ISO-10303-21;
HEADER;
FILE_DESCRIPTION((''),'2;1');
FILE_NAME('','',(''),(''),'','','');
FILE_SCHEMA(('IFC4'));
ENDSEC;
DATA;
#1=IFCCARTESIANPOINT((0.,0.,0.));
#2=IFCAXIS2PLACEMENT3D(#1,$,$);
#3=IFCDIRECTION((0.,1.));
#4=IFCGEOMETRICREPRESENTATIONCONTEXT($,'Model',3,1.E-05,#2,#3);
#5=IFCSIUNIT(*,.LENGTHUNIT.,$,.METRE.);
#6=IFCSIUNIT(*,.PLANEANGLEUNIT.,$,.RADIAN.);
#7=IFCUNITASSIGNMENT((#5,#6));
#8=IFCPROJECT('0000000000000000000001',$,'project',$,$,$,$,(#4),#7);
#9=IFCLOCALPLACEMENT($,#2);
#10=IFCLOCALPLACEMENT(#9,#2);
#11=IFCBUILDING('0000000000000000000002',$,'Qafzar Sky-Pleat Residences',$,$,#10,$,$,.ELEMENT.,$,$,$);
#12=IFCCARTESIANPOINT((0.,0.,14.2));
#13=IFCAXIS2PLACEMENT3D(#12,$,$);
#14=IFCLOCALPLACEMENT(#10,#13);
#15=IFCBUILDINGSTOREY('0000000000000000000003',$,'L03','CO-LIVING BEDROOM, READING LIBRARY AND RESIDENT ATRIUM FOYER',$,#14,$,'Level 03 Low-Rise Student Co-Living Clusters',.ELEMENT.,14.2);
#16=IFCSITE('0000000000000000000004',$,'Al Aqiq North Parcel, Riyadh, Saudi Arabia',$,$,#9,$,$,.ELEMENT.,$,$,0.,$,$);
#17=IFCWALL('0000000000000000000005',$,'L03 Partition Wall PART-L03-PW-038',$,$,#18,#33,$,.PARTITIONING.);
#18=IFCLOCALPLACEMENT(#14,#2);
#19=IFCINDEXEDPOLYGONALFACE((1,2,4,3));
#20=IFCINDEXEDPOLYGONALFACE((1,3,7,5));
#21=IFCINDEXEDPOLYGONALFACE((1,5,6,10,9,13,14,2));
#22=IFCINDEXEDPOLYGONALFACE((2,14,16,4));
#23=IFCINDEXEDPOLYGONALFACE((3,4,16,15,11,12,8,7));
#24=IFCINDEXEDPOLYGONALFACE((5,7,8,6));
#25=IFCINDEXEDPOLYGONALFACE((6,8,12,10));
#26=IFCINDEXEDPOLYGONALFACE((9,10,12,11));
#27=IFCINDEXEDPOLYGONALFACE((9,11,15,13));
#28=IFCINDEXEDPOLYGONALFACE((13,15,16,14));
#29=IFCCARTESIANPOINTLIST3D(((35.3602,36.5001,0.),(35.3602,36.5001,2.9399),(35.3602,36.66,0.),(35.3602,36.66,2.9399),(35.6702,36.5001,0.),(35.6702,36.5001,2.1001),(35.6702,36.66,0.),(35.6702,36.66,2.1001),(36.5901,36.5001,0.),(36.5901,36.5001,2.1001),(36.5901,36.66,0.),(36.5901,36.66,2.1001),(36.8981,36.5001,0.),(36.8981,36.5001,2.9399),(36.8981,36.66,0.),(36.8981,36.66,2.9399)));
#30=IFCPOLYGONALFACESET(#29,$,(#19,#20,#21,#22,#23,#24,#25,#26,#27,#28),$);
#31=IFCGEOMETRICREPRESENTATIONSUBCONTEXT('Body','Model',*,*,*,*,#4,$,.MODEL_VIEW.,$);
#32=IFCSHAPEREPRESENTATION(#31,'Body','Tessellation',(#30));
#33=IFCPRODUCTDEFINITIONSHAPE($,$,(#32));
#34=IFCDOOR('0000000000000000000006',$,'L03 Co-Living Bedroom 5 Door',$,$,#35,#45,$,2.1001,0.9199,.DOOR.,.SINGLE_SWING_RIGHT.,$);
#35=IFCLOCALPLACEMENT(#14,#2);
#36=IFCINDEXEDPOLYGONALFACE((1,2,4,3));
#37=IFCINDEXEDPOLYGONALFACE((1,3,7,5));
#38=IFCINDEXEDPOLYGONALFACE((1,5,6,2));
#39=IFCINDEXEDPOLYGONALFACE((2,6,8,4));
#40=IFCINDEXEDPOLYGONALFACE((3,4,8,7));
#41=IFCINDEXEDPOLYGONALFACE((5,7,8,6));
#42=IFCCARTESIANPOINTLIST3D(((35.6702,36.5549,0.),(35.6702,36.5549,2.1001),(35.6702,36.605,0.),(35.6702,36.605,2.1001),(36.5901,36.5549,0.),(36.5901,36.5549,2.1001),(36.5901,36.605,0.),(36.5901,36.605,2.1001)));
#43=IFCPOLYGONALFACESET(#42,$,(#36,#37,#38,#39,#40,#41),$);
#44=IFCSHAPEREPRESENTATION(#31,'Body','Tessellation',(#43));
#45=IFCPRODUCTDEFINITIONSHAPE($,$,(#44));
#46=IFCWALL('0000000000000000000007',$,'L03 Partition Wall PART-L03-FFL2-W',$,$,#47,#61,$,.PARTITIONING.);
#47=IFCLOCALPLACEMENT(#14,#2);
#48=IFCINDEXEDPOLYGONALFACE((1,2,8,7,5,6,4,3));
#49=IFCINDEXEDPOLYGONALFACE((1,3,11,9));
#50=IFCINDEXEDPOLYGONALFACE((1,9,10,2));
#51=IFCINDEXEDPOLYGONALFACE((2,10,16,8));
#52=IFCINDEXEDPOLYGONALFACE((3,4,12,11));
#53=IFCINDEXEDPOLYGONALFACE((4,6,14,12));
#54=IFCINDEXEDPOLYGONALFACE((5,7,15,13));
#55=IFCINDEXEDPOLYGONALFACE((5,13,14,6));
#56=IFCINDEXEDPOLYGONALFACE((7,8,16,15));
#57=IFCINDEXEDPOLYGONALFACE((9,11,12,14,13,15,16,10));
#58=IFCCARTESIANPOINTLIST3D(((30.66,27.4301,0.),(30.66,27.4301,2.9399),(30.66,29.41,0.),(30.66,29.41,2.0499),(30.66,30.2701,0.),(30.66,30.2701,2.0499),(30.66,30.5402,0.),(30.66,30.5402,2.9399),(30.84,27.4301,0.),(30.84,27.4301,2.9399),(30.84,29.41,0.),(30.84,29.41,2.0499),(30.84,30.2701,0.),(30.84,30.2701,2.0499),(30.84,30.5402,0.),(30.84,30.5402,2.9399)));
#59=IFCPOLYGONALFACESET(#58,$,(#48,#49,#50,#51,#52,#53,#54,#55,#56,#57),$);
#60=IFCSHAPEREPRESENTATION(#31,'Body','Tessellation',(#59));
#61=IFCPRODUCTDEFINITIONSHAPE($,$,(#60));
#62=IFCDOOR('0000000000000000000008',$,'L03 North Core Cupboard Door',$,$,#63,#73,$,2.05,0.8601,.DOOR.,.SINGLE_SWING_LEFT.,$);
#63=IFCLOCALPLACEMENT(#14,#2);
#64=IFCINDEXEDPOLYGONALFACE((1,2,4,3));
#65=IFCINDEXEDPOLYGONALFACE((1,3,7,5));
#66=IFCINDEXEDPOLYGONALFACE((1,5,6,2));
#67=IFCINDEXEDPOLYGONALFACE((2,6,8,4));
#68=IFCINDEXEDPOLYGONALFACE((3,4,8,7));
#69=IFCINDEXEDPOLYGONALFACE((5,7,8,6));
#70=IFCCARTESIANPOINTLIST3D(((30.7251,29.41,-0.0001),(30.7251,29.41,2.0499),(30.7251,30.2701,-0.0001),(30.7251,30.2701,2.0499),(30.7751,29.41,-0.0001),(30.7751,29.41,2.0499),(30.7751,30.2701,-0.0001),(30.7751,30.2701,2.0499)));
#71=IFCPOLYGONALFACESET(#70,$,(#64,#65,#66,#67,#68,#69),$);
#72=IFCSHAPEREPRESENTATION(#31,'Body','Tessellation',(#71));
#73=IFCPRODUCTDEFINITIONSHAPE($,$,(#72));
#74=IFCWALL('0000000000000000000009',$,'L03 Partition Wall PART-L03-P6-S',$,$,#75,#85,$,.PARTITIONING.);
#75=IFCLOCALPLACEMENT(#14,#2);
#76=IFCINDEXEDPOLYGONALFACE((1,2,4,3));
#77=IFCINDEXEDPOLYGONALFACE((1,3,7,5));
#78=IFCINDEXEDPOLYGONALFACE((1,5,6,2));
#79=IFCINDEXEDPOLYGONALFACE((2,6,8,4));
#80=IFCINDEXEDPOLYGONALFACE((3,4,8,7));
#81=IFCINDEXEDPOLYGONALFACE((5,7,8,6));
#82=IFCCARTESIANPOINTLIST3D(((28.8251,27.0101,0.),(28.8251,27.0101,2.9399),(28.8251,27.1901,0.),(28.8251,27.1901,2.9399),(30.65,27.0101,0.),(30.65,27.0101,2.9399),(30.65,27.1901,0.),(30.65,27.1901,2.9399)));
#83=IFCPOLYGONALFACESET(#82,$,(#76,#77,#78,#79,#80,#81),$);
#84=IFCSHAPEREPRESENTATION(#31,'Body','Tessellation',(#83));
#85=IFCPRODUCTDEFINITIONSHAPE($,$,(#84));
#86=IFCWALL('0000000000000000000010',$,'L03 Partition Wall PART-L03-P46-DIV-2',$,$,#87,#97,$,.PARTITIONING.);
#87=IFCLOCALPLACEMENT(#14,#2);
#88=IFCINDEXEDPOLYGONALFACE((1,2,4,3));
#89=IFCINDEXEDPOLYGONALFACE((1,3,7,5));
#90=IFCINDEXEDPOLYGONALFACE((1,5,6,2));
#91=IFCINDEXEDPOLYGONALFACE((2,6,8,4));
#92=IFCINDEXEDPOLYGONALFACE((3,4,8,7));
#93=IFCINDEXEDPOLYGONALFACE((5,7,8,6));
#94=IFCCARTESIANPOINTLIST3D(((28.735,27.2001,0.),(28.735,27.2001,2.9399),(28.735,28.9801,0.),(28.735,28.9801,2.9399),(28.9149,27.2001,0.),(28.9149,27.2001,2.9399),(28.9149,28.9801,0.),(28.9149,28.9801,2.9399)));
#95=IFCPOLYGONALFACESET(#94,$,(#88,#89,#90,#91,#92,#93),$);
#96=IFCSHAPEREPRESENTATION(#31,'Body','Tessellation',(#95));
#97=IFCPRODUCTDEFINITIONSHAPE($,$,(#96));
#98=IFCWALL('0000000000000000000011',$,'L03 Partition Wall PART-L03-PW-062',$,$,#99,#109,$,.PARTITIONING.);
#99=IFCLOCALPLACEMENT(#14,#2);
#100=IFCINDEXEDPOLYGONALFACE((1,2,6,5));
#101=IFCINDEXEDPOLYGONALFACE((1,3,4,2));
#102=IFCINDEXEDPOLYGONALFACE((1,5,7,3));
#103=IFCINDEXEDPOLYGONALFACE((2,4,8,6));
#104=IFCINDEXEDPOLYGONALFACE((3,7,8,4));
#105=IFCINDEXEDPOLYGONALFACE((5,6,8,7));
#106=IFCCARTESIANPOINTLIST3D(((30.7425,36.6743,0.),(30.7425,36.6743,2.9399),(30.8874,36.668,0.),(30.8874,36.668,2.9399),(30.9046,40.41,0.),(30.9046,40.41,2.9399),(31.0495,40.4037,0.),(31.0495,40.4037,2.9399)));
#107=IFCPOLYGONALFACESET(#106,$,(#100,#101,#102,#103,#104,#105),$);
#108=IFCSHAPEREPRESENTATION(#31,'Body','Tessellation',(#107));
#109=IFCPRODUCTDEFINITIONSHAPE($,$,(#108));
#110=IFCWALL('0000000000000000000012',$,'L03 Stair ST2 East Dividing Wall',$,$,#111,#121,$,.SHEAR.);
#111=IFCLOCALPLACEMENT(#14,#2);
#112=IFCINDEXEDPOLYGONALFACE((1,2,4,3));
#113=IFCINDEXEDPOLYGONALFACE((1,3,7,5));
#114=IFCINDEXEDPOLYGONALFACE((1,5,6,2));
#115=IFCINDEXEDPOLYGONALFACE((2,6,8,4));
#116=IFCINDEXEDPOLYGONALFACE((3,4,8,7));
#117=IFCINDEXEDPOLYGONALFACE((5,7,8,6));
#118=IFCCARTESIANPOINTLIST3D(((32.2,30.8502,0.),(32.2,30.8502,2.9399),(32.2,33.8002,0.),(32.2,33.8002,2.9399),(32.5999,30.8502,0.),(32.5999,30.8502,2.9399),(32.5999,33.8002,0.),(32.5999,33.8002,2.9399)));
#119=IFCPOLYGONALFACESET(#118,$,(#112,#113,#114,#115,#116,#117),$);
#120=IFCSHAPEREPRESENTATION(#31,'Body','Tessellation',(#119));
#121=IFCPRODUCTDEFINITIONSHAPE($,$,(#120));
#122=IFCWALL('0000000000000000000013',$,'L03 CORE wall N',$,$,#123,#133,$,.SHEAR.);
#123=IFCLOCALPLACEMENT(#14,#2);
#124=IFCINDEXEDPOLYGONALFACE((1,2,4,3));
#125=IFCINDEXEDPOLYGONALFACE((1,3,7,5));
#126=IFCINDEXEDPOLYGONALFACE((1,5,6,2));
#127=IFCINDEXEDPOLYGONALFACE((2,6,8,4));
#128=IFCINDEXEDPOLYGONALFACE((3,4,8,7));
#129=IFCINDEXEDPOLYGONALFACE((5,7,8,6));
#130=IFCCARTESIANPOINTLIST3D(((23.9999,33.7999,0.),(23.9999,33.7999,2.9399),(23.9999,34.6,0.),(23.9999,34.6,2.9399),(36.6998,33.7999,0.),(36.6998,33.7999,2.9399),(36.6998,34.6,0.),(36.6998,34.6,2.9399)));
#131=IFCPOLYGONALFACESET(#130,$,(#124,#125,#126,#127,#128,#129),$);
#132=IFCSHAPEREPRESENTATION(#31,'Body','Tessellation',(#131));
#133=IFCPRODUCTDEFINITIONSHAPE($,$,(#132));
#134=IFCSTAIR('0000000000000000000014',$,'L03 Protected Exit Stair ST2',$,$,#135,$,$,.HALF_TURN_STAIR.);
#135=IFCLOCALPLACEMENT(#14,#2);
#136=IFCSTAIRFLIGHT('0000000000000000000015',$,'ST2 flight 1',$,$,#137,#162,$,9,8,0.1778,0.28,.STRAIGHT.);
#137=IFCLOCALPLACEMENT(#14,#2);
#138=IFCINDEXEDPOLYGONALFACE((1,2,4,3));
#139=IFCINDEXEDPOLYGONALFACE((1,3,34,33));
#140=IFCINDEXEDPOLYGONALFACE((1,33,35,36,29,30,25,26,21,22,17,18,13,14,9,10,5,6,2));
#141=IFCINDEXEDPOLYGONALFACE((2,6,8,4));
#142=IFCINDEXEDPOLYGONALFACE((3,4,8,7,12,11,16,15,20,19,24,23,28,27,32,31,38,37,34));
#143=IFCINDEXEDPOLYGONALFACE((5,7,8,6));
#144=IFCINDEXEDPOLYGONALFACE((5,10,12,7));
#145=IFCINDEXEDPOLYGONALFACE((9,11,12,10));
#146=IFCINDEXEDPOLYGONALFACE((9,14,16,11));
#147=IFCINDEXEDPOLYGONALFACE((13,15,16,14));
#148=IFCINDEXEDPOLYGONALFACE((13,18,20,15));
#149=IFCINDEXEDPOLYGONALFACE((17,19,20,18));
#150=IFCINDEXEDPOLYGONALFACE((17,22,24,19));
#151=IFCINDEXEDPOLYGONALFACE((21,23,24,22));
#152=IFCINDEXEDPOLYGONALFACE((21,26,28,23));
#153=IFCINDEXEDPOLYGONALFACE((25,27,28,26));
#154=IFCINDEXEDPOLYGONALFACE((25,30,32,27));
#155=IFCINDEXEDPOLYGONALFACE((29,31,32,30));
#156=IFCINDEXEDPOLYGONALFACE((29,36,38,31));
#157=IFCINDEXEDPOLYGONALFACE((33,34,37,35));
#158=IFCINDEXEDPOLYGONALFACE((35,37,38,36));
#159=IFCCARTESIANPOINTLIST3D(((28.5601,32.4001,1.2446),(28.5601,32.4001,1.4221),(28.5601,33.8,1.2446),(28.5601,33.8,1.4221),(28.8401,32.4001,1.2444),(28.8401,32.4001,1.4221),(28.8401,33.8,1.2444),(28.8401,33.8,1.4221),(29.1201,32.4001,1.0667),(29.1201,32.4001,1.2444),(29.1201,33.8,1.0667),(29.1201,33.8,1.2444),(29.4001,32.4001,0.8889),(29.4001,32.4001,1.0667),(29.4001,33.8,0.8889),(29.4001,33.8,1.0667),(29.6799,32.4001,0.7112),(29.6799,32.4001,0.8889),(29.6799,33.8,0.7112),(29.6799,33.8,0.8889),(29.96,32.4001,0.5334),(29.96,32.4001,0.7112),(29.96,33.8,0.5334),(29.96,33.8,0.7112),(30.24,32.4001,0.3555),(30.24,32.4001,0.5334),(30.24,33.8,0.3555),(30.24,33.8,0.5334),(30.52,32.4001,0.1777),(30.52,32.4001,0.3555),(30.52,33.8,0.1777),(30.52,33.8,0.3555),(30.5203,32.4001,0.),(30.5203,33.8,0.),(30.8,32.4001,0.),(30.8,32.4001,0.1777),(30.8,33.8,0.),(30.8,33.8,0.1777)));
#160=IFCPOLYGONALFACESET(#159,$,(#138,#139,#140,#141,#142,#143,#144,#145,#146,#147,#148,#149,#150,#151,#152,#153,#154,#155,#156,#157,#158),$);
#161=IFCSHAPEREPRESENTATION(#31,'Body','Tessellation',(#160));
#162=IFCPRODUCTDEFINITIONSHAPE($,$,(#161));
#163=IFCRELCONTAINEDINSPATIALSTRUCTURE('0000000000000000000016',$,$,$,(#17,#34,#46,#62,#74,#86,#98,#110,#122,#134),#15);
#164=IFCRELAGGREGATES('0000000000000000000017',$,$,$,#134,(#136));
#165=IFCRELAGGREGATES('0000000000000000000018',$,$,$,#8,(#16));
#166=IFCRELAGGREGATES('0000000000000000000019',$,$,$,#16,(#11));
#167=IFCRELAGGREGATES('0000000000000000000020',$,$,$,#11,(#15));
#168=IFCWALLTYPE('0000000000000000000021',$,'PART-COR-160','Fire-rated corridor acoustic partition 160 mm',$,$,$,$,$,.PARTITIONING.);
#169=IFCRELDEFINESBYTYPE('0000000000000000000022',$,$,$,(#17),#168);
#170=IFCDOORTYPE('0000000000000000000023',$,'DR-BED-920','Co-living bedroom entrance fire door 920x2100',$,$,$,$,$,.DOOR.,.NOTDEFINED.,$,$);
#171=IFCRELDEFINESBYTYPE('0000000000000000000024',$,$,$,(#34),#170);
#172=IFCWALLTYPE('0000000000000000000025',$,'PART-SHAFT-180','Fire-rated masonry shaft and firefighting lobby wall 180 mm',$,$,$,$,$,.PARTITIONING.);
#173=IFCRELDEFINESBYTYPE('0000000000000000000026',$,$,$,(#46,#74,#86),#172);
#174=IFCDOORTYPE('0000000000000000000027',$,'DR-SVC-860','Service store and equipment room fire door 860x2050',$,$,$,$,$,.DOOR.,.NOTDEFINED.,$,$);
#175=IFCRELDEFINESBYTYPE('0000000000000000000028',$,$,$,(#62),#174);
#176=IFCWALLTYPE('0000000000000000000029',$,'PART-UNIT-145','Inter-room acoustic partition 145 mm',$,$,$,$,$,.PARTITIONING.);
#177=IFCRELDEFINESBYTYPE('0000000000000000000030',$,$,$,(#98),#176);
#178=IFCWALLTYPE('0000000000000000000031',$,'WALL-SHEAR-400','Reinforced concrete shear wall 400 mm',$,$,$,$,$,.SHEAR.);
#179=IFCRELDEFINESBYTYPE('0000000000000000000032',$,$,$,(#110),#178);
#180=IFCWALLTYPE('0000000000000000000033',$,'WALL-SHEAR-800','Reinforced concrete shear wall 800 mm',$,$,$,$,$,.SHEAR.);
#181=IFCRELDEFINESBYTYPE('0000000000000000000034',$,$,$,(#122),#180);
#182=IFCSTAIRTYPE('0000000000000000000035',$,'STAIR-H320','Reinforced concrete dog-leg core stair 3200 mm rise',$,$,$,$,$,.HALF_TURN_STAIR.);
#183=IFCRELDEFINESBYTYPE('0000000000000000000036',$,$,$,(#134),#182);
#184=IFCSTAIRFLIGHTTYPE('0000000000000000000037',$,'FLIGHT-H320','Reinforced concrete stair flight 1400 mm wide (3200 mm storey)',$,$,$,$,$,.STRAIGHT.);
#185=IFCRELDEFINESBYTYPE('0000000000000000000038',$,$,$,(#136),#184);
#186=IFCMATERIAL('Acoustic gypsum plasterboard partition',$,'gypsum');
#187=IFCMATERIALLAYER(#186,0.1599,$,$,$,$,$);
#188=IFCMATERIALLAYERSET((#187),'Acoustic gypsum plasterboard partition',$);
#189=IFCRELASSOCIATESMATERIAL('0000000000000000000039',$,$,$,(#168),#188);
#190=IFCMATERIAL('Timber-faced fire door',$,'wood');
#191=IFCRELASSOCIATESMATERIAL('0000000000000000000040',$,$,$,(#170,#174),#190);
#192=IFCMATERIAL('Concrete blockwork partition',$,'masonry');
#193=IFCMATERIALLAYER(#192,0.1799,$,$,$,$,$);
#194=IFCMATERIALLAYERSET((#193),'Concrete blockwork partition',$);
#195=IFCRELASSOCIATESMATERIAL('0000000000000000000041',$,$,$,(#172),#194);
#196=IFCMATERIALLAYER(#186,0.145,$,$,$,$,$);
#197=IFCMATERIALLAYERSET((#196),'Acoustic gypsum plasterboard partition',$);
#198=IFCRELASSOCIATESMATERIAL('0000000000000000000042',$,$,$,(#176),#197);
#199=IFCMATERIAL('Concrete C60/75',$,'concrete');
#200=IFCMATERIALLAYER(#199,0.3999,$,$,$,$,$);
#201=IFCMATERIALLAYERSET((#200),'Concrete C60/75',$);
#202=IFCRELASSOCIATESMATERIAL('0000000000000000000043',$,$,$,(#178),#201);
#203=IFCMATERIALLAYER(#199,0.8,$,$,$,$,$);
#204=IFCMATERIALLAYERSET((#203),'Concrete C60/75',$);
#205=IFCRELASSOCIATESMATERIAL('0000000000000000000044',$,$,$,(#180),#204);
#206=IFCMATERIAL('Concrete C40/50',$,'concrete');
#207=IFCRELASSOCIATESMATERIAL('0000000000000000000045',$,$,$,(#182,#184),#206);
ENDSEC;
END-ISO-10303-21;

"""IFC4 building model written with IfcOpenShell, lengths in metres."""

from ifc_helpers import new_model, si_unit, direction, frame, frame_2d, origin, place, context, subcontext, project, spatial, polyline, rectangle, outline, extrude, source, transform, mapped, material, layer, layer_set, type_object, element, fill, aggregate, save


model = new_model("IFC4")

# Units and contexts
model_context = context("Model", 3, precision=1e-05, world=origin(), true_north=direction((0.0, 1.0)))
body_context = subcontext(model_context, "Body", "Model", "MODEL_VIEW")
ifc_project = project(units=[si_unit("LENGTHUNIT", "METRE"), si_unit("PLANEANGLEUNIT", "RADIAN")], contexts=[model_context])

# Site, building, storey
site_placement = place(None, origin())
site = spatial("IfcSite", under=ifc_project, at=site_placement, Name="Al Aqiq North Parcel, Riyadh, Saudi Arabia", CompositionType="ELEMENT", RefElevation=0.0)
building_placement = place(site_placement, origin())
building = spatial("IfcBuilding", under=site, at=building_placement, Name="Qafzar Sky-Pleat Residences", CompositionType="ELEMENT")
storey_placement = place(building_placement, frame((0.0, 0.0, 14.2)))
storey = spatial("IfcBuildingStorey", under=building, at=storey_placement, Name="L03", Description="CO-LIVING BEDROOM, READING LIBRARY AND RESIDENT ATRIUM FOYER", LongName="Level 03 Low-Rise Student Co-Living Clusters", CompositionType="ELEMENT", Elevation=14.2)

# Walls, openings, doors
ifc_material_1 = material(Name="Acoustic gypsum plasterboard partition", Category="gypsum")
ifc_layer_1 = layer(ifc_material_1, 0.1599)
ifc_layer_set_1 = layer_set([ifc_layer_1], Name="Acoustic gypsum plasterboard partition")
wall_type_1 = type_object("IfcWallType", Name="PART-COR-160", Description="Fire-rated corridor acoustic partition 160 mm", PredefinedType="PARTITIONING", material=ifc_layer_set_1)
ifc_material_2 = material(Name="Timber-faced fire door", Category="wood")
door_type_1 = type_object("IfcDoorType", Name="DR-BED-920", Description="Co-living bedroom entrance fire door 920x2100", OperationType="NOTDEFINED", PredefinedType="DOOR", material=ifc_material_2)
shared_shape_1 = source(origin(), body_context, "Body", "SweptSolid", [
    extrude(rectangle(XDim=0.9199, YDim=2.1001, at=frame_2d((0.46, 1.05))), frame((0.0, 0.0249, 0.0), z_axis=(0.0, -1.0, 0.0), x_axis=(1.0, 0.0, 0.0)), (0.0, 0.0, 1.0), 0.05),
])
wall_1_placement = place(storey_placement, frame((35.3601, 36.5801, 0.0), z_axis=(0.0, 0.0, 1.0), x_axis=(1.0, 0.0, 0.0)))
wall_1 = element("IfcWall", 1, at=wall_1_placement, inside=storey, type_object=wall_type_1, Name="L03 Partition Wall PART-L03-PW-038", PredefinedType="PARTITIONING", context=body_context, shape_type="SweptSolid", body=[
    extrude(rectangle(XDim=1.5378, YDim=0.1599, at=frame_2d((0.769, 0.0))), origin(), (0.0, 0.0, 1.0), 2.9399),
])
opening_1_placement = place(wall_1_placement, frame((0.3101, 0.0, 0.0)))
opening_1 = element("IfcOpeningElement", 2, at=opening_1_placement, cuts=wall_1, PredefinedType="OPENING", context=body_context, shape_type="SweptSolid", body=[
    extrude(rectangle(XDim=0.9199, YDim=2.1001, at=frame_2d((0.46, 1.05))), frame((0.0, 0.0898, 0.0), z_axis=(0.0, -1.0, 0.0), x_axis=(1.0, 0.0, 0.0)), (0.0, 0.0, 1.0), 0.1799),
])
door_1_placement = place(opening_1_placement, origin())
door_1 = element("IfcDoor", 3, at=door_1_placement, inside=storey, type_object=door_type_1, Name="L03 Co-Living Bedroom 5 Door", OperationType="SINGLE_SWING_RIGHT", OverallHeight=2.1001, OverallWidth=0.9199, PredefinedType="DOOR", context=body_context, shape_type="MappedRepresentation", body=[
    mapped(shared_shape_1, transform((0.0, 0.0, 0.0), x_axis=(1.0, 0.0, 0.0), y_axis=(0.0, 1.0, 0.0), z_axis=(0.0, 0.0, 1.0), scale=1.0)),
])
fill(opening_1, door_1)
ifc_material_3 = material(Name="Concrete blockwork partition", Category="masonry")
ifc_layer_2 = layer(ifc_material_3, 0.1799)
ifc_layer_set_2 = layer_set([ifc_layer_2], Name="Concrete blockwork partition")
wall_type_2 = type_object("IfcWallType", Name="PART-SHAFT-180", Description="Fire-rated masonry shaft and firefighting lobby wall 180 mm", PredefinedType="PARTITIONING", material=ifc_layer_set_2)
wall_2_placement = place(storey_placement, frame((30.75, 27.4299, 0.0), z_axis=(0.0, 0.0, 1.0), x_axis=(0.0, 1.0, 0.0)))
wall_2 = element("IfcWall", 4, at=wall_2_placement, inside=storey, type_object=wall_type_2, Name="L03 Partition Wall PART-L03-FFL2-W", PredefinedType="PARTITIONING", context=body_context, shape_type="SweptSolid", body=[
    extrude(rectangle(XDim=3.1101, YDim=0.1799, at=frame_2d((1.5552, 0.0))), origin(), (0.0, 0.0, 1.0), 2.9399),
])
opening_2_placement = place(wall_2_placement, frame((1.98, 0.0, 0.0)))
opening_2 = element("IfcOpeningElement", 5, at=opening_2_placement, cuts=wall_2, PredefinedType="OPENING", context=body_context, shape_type="SweptSolid", body=[
    extrude(rectangle(XDim=0.8601, YDim=2.05, at=frame_2d((0.4302, 1.0249))), frame((0.0, 0.1001, 0.0), z_axis=(0.0, -1.0, 0.0), x_axis=(1.0, 0.0, 0.0)), (0.0, 0.0, 1.0), 0.2),
])
door_type_2 = type_object("IfcDoorType", Name="DR-SVC-860", Description="Service store and equipment room fire door 860x2050", OperationType="NOTDEFINED", PredefinedType="DOOR", material=ifc_material_2)
shared_shape_2 = source(origin(), body_context, "Body", "SweptSolid", [
    extrude(rectangle(XDim=0.8601, YDim=2.05, at=frame_2d((0.4302, 1.0249))), frame((0.0, 0.0249, 0.0), z_axis=(0.0, -1.0, 0.0), x_axis=(1.0, 0.0, 0.0)), (0.0, 0.0, 1.0), 0.05),
])
door_2_placement = place(opening_2_placement, origin())
door_2 = element("IfcDoor", 6, at=door_2_placement, inside=storey, type_object=door_type_2, Name="L03 North Core Cupboard Door", OperationType="SINGLE_SWING_LEFT", OverallHeight=2.05, OverallWidth=0.8601, PredefinedType="DOOR", context=body_context, shape_type="MappedRepresentation", body=[
    mapped(shared_shape_2, transform((0.0, 0.0, 0.0), x_axis=(1.0, 0.0, 0.0), y_axis=(0.0, 1.0, 0.0), z_axis=(0.0, 0.0, 1.0), scale=1.0)),
])
fill(opening_2, door_2)

# Walls
wall_3_placement = place(storey_placement, frame((28.825, 27.1001, 0.0), z_axis=(0.0, 0.0, 1.0), x_axis=(1.0, 0.0, 0.0)))
element("IfcWall", 7, at=wall_3_placement, inside=storey, type_object=wall_type_2, Name="L03 Partition Wall PART-L03-P6-S", PredefinedType="PARTITIONING", context=body_context, shape_type="SweptSolid", body=[
    extrude(rectangle(XDim=1.825, YDim=0.1799, at=frame_2d((0.9126, 0.0))), origin(), (0.0, 0.0, 1.0), 2.9399),
])
wall_4_placement = place(storey_placement, frame((28.825, 27.2, 0.0), z_axis=(0.0, 0.0, 1.0), x_axis=(0.0, 1.0, 0.0)))
element("IfcWall", 8, at=wall_4_placement, inside=storey, type_object=wall_type_2, Name="L03 Partition Wall PART-L03-P46-DIV-2", PredefinedType="PARTITIONING", context=body_context, shape_type="SweptSolid", body=[
    extrude(rectangle(XDim=1.78, YDim=0.1799, at=frame_2d((0.8901, 0.0))), origin(), (0.0, 0.0, 1.0), 2.9399),
])
ifc_layer_3 = layer(ifc_material_1, 0.145)
ifc_layer_set_3 = layer_set([ifc_layer_3], Name="Acoustic gypsum plasterboard partition")
wall_type_3 = type_object("IfcWallType", Name="PART-UNIT-145", Description="Inter-room acoustic partition 145 mm", PredefinedType="PARTITIONING", material=ifc_layer_set_3)
wall_5_placement = place(storey_placement, frame((30.8149, 36.6711, 0.0), z_axis=(0.0, 0.0, 1.0), x_axis=(0.043352, 0.99906, 0.0)))
element("IfcWall", 9, at=wall_5_placement, inside=storey, type_object=wall_type_3, Name="L03 Partition Wall PART-L03-PW-062", PredefinedType="PARTITIONING", context=body_context, shape_type="SweptSolid", body=[
    extrude(rectangle(XDim=3.7393, YDim=0.145, at=frame_2d((1.8696, 0.0))), origin(), (0.0, 0.0, 1.0), 2.9399),
])
ifc_material_4 = material(Name="Concrete C60/75", Category="concrete")
ifc_layer_4 = layer(ifc_material_4, 0.3999)
ifc_layer_set_4 = layer_set([ifc_layer_4], Name="Concrete C60/75")
wall_type_4 = type_object("IfcWallType", Name="WALL-SHEAR-400", Description="Reinforced concrete shear wall 400 mm", PredefinedType="SHEAR", material=ifc_layer_set_4)
wall_6_placement = place(storey_placement, frame((32.3999, 30.8501, 0.0), z_axis=(0.0, 0.0, 1.0), x_axis=(0.0, 1.0, 0.0)))
element("IfcWall", 10, at=wall_6_placement, inside=storey, type_object=wall_type_4, Name="L03 Stair ST2 East Dividing Wall", PredefinedType="SHEAR", context=body_context, shape_type="SweptSolid", body=[
    extrude(rectangle(XDim=2.95, YDim=0.3999, at=frame_2d((1.4751, 0.0))), origin(), (0.0, 0.0, 1.0), 2.9399),
])
ifc_layer_5 = layer(ifc_material_4, 0.8)
ifc_layer_set_5 = layer_set([ifc_layer_5], Name="Concrete C60/75")
wall_type_5 = type_object("IfcWallType", Name="WALL-SHEAR-800", Description="Reinforced concrete shear wall 800 mm", PredefinedType="SHEAR", material=ifc_layer_set_5)
wall_7_placement = place(storey_placement, frame((36.7, 34.2, 0.0), z_axis=(0.0, 0.0, 1.0), x_axis=(-1.0, 0.0, 0.0)))
element("IfcWall", 11, at=wall_7_placement, inside=storey, type_object=wall_type_5, Name="L03 CORE wall N", PredefinedType="SHEAR", context=body_context, shape_type="SweptSolid", body=[
    extrude(rectangle(XDim=12.7, YDim=0.8, at=frame_2d((6.3501, 0.0))), origin(), (0.0, 0.0, 1.0), 2.9399),
])

# Stair, stair flight
ifc_material_5 = material(Name="Concrete C40/50", Category="concrete")
stair_type = type_object("IfcStairType", Name="STAIR-H320", Description="Reinforced concrete dog-leg core stair 3200 mm rise", PredefinedType="HALF_TURN_STAIR", material=ifc_material_5)
stair_placement = place(storey_placement, origin())
stair = element("IfcStair", 12, at=stair_placement, inside=storey, type_object=stair_type, Name="L03 Protected Exit Stair ST2", PredefinedType="HALF_TURN_STAIR")
stair_flight_type = type_object("IfcStairFlightType", Name="FLIGHT-H320", Description="Reinforced concrete stair flight 1400 mm wide (3200 mm storey)", PredefinedType="STRAIGHT", material=ifc_material_5)
shared_shape_3 = source(origin(), body_context, "Body", "SweptSolid", [
    extrude(outline(polyline([(0.0, 0.0), (0.0, 0.1777), (0.28, 0.1777), (0.28, 0.3555), (0.5601, 0.3555), (0.5601, 0.5334), (0.8401, 0.5334), (0.8401, 0.7112), (1.1201, 0.7112), (1.1201, 0.8889), (1.3999, 0.8889), (1.3999, 1.0667), (1.6799, 1.0667), (1.6799, 1.2444), (1.96, 1.2444), (1.96, 1.4221), (2.24, 1.4221), (2.24, 1.6001), (2.24, 1.2446), (0.2798, 0.0), (0.0, 0.0)])), frame((0.0, 0.7, 0.0), z_axis=(0.0, -1.0, 0.0), x_axis=(1.0, 0.0, 0.0)), (0.0, 0.0, 1.0), 1.3999),
])
stair_flight_1_placement = place(storey_placement, frame((30.8, 33.1001, 0.0), z_axis=(0.0, 0.0, 1.0), x_axis=(-1.0, 0.0, 0.0)))
stair_flight_1 = element("IfcStairFlight", 13, at=stair_flight_1_placement, type_object=stair_flight_type, Name="ST2 flight 1", NumberOfRisers=9, NumberOfTreads=8, PredefinedType="STRAIGHT", RiserHeight=0.1778, TreadLength=0.28, context=body_context, shape_type="MappedRepresentation", body=[
    mapped(shared_shape_3, transform((0.0, 0.0, 0.0), x_axis=(1.0, 0.0, 0.0), y_axis=(0.0, 1.0, 0.0), z_axis=(0.0, 0.0, 1.0), scale=1.0)),
])
aggregate(stair, [stair_flight_1])

save(model, "model.ifc")
